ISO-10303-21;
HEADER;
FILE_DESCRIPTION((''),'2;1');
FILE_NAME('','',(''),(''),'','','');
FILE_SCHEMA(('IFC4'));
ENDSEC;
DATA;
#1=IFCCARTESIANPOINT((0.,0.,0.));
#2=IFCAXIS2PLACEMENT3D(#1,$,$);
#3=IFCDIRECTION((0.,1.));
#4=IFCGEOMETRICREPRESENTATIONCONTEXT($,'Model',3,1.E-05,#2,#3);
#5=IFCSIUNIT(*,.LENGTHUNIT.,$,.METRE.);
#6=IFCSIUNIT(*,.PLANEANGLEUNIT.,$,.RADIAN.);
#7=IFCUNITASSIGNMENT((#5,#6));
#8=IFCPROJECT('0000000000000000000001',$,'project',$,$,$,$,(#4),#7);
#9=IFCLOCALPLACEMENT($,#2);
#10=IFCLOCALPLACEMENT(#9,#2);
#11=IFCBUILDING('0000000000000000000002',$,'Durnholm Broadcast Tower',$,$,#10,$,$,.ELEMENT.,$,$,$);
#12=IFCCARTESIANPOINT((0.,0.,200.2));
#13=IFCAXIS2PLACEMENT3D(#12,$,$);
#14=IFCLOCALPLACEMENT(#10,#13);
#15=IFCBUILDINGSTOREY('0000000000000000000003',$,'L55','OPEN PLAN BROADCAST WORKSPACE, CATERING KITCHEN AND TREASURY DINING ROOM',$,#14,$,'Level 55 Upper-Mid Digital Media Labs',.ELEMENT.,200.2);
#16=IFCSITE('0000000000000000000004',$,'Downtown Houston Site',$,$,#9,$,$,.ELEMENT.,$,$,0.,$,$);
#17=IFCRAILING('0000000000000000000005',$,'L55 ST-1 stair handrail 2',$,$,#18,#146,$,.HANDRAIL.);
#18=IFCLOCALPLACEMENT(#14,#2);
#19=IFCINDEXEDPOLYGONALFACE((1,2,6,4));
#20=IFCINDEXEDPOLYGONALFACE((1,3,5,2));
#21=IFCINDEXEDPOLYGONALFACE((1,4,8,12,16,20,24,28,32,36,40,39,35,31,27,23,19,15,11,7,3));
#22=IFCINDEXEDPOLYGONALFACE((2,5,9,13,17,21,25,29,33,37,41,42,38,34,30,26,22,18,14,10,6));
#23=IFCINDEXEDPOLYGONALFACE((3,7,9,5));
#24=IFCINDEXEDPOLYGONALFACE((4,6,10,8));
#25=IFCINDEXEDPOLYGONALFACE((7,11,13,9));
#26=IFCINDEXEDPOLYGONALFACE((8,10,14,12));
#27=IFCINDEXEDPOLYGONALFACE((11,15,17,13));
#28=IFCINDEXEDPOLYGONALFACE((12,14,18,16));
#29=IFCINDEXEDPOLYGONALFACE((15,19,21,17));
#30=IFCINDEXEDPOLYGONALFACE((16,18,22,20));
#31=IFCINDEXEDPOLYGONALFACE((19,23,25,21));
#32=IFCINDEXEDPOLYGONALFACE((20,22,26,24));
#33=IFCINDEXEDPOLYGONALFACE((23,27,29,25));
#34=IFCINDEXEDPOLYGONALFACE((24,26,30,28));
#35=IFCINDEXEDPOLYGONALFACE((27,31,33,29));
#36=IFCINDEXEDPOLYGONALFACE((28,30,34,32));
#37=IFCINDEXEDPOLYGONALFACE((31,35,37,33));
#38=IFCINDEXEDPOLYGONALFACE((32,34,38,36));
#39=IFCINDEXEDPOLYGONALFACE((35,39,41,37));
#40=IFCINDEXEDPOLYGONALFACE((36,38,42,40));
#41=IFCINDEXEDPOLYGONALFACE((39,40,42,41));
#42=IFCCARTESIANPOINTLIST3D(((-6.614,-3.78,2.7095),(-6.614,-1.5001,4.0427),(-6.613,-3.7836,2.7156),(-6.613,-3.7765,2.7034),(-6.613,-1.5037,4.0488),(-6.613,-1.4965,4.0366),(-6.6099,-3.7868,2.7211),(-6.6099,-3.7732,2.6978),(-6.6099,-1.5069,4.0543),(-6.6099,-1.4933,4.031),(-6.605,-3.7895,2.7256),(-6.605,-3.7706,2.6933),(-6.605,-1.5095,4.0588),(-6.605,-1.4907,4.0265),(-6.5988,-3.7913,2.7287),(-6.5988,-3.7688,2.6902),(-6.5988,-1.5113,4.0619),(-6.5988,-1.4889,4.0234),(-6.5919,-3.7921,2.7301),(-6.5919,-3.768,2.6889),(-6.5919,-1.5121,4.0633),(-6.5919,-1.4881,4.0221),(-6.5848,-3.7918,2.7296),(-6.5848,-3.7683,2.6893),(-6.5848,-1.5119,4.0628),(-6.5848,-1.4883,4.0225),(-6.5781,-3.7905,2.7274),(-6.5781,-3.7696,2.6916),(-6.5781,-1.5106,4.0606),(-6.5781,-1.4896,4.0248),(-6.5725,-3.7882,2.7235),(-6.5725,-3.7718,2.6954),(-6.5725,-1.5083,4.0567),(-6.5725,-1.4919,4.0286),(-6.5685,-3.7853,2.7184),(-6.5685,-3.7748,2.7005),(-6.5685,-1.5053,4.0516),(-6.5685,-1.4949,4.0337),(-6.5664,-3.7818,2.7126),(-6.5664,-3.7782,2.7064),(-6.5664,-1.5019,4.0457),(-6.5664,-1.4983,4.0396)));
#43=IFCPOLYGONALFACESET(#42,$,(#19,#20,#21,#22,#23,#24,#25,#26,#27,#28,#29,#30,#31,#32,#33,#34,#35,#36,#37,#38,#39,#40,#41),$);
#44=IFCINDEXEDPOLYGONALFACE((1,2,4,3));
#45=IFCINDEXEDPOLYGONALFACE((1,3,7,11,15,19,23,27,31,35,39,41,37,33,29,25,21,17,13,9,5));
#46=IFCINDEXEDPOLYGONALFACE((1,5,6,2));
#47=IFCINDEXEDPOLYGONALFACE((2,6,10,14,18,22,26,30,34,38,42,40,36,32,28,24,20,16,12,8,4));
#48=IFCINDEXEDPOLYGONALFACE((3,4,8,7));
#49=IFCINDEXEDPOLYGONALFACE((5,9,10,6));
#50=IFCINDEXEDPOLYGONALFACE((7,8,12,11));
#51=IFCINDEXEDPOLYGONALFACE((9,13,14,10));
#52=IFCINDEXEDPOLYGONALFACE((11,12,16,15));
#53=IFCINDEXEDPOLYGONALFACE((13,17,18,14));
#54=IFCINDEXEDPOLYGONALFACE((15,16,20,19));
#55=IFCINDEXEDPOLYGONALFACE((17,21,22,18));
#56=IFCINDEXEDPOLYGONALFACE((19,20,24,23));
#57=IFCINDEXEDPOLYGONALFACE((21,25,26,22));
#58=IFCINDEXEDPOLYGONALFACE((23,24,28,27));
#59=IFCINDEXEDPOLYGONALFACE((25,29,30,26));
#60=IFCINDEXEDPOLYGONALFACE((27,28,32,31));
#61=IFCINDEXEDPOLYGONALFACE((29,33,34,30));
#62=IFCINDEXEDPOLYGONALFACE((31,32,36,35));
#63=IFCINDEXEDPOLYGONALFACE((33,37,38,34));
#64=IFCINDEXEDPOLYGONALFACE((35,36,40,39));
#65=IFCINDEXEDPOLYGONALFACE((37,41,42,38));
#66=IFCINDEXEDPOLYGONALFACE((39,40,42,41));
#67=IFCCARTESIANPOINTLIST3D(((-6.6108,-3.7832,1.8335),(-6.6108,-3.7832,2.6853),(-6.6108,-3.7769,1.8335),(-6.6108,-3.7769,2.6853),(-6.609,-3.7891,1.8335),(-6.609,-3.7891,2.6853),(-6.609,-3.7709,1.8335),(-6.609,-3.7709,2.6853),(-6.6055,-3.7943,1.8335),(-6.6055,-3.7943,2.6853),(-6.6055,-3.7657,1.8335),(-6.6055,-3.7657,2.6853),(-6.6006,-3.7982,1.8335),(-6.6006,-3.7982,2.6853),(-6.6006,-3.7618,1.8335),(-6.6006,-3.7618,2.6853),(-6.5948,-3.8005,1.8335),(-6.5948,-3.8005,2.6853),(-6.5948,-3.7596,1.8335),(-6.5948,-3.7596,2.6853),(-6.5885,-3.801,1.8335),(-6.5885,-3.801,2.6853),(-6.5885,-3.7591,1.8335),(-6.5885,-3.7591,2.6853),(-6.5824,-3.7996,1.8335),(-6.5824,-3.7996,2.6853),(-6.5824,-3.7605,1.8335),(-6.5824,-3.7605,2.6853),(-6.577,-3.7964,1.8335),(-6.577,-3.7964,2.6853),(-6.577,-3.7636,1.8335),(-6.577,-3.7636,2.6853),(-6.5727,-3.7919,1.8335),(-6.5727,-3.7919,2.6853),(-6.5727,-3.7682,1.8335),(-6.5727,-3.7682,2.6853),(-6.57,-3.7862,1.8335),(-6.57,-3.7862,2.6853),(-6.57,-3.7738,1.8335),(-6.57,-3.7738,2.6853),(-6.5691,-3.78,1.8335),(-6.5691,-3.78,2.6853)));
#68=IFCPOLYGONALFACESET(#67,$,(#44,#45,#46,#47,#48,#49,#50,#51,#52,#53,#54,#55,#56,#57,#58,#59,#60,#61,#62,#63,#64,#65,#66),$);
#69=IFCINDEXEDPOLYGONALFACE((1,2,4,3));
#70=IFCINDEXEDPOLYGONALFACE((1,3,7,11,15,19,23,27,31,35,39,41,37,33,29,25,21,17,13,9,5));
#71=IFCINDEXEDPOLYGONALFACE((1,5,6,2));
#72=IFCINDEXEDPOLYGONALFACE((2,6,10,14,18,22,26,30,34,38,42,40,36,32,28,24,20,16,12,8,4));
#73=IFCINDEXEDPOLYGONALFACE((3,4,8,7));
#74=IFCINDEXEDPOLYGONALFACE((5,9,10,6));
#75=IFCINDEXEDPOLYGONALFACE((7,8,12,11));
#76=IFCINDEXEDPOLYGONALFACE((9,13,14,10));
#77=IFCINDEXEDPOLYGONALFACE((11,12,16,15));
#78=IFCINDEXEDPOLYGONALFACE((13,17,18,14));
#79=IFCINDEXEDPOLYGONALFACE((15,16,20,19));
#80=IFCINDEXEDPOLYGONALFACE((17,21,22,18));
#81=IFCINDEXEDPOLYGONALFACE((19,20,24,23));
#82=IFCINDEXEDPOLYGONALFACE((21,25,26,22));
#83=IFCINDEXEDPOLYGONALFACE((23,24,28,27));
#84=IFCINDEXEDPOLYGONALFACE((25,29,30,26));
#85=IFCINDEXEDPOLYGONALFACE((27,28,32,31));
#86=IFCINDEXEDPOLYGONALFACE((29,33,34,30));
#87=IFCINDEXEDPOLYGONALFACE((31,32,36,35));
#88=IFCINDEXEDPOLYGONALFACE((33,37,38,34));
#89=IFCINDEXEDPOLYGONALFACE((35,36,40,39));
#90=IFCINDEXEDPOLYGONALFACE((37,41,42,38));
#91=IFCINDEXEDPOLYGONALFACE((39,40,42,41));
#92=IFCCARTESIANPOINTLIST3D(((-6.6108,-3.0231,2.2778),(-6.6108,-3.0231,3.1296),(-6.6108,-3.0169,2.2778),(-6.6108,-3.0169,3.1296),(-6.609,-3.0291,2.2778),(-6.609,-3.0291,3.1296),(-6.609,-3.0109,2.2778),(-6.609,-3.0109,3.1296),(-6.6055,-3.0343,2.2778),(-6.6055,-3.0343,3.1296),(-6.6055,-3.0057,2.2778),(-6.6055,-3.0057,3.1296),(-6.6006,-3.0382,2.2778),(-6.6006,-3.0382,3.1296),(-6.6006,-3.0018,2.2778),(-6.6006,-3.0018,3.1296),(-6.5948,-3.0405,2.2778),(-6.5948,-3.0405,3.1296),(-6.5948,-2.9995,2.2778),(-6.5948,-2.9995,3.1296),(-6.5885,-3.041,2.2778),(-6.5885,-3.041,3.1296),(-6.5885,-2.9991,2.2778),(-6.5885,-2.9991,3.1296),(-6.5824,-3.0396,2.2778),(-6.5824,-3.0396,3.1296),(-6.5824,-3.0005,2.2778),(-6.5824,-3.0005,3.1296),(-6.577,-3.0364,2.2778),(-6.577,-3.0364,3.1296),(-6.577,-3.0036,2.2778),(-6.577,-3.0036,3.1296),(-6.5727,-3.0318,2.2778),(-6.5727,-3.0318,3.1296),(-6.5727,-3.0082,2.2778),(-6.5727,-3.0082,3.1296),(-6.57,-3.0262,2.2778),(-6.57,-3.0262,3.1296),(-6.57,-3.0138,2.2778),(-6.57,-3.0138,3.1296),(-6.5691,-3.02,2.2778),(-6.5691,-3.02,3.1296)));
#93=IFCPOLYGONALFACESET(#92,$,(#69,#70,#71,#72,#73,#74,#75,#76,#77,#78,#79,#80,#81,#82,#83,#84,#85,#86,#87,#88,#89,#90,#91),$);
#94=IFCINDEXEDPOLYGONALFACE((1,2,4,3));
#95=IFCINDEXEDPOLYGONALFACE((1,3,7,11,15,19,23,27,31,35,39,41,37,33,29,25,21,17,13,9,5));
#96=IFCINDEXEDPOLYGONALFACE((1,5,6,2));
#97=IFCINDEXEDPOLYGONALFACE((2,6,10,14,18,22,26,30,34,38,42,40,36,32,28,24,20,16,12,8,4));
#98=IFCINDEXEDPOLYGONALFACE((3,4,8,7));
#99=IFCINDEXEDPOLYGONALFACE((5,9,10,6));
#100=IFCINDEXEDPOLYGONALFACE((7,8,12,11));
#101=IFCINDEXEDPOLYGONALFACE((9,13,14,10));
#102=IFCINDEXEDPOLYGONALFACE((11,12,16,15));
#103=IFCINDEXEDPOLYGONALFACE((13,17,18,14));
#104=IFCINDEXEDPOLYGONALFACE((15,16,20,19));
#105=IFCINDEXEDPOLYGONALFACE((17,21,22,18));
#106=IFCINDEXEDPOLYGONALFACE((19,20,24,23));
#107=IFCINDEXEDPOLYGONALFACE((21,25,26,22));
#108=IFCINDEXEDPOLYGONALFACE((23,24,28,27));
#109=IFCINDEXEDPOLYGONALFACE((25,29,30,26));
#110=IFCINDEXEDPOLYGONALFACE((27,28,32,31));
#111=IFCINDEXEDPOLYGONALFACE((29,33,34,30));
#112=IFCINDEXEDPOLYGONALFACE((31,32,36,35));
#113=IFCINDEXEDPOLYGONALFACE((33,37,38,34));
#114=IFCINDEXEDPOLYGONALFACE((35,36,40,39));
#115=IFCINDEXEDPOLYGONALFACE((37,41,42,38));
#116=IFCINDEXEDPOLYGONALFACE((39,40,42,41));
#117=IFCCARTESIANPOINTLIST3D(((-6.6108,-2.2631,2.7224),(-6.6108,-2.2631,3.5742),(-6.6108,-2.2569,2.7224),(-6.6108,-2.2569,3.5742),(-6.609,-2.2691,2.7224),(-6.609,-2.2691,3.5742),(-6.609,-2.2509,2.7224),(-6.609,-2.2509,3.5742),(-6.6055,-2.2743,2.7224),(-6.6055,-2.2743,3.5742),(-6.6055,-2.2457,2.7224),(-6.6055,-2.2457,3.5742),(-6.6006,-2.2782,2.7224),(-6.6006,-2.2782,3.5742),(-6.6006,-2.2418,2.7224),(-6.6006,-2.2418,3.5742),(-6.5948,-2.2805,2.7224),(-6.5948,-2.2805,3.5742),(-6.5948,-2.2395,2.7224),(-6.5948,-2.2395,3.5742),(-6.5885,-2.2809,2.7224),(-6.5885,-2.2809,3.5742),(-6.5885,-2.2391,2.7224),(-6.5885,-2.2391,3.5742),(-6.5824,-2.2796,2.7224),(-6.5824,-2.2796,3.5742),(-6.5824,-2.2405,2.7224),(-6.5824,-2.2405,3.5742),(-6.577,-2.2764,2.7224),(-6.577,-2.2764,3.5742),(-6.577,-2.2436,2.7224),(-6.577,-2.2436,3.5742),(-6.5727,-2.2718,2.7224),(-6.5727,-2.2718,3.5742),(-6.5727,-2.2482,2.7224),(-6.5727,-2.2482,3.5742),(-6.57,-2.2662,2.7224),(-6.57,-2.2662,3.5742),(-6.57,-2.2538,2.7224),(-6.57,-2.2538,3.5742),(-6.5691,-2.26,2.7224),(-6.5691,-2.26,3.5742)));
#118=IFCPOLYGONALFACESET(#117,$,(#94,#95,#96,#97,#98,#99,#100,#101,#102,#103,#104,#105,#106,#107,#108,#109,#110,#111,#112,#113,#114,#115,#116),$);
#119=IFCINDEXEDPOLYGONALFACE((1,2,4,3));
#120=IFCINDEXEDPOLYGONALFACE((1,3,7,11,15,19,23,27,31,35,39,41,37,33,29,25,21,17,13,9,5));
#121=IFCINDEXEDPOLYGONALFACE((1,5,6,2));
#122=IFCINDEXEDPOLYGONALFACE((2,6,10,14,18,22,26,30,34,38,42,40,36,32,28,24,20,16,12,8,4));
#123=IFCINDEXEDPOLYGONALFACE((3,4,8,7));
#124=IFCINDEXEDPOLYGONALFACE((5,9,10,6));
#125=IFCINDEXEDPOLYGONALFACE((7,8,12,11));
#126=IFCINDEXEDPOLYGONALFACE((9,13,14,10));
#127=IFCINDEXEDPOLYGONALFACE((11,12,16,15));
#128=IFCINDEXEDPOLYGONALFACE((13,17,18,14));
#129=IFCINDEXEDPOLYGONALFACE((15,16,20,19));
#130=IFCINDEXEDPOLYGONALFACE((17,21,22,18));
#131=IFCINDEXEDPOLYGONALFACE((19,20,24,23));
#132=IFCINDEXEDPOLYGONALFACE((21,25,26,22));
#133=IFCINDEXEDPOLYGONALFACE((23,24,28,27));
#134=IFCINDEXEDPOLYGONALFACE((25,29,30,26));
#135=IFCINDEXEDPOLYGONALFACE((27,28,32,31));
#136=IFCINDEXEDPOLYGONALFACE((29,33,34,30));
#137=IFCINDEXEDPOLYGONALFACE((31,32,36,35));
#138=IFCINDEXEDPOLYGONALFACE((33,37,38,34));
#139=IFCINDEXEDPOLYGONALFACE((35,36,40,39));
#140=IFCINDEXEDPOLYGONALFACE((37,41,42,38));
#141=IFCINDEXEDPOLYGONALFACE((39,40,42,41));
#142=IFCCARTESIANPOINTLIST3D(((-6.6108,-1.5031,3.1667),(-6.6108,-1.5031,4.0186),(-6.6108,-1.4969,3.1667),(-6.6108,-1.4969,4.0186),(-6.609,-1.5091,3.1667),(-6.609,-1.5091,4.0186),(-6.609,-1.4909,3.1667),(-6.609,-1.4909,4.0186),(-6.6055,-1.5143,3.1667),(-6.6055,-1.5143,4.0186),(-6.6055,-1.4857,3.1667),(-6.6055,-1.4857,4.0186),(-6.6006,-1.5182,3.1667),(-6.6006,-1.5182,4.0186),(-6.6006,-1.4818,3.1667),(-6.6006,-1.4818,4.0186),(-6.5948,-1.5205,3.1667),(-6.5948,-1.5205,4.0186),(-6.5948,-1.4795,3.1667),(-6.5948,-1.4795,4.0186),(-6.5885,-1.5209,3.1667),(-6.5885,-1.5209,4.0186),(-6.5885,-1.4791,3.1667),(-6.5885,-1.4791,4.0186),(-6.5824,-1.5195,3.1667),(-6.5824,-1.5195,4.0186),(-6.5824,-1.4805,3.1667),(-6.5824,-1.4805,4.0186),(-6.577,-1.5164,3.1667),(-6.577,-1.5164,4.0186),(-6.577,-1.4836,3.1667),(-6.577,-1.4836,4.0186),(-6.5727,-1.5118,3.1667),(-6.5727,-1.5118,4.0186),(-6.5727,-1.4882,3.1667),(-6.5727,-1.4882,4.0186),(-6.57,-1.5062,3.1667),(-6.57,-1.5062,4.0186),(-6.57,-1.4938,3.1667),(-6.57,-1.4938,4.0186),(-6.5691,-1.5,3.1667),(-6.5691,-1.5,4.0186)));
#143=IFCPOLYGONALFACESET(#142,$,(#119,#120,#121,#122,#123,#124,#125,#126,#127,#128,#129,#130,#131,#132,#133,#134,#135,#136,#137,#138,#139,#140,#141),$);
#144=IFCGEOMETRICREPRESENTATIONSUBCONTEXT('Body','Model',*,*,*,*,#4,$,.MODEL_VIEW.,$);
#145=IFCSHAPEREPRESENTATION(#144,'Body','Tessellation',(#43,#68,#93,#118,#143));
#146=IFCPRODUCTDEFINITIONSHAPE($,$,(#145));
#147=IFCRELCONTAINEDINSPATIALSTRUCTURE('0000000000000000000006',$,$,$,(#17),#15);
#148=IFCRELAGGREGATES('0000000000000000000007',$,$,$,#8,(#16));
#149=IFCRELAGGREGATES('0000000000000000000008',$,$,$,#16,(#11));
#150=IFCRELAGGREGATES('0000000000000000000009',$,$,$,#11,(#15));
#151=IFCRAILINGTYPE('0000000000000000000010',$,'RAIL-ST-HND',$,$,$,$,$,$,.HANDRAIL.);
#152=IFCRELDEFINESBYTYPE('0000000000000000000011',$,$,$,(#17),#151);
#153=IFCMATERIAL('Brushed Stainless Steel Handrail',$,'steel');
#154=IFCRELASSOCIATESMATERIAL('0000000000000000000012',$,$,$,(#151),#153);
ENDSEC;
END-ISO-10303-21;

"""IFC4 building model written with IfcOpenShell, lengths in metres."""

from ifc_helpers import new_model, si_unit, direction, frame, origin, origin_2d, place, context, subcontext, project, spatial, circle, extrude, material, type_object, element, save


model = new_model("IFC4")

# Units and contexts
model_context = context("Model", 3, precision=1e-05, world=origin(), true_north=direction((0.0, 1.0)))
body_context = subcontext(model_context, "Body", "Model", "MODEL_VIEW")
ifc_project = project(units=[si_unit("LENGTHUNIT", "METRE"), si_unit("PLANEANGLEUNIT", "RADIAN")], contexts=[model_context])

# Site, building, storey
site_placement = place(None, origin())
site = spatial("IfcSite", under=ifc_project, at=site_placement, Name="Downtown Houston Site", CompositionType="ELEMENT", RefElevation=0.0)
building_placement = place(site_placement, origin())
building = spatial("IfcBuilding", under=site, at=building_placement, Name="Durnholm Broadcast Tower", CompositionType="ELEMENT")
storey_placement = place(building_placement, frame((0.0, 0.0, 200.2)))
storey = spatial("IfcBuildingStorey", under=building, at=storey_placement, Name="L55", Description="OPEN PLAN BROADCAST WORKSPACE, CATERING KITCHEN AND TREASURY DINING ROOM", LongName="Level 55 Upper-Mid Digital Media Labs", CompositionType="ELEMENT", Elevation=200.2)

# Railing
ifc_material_1 = material(Name="Brushed Stainless Steel Handrail", Category="steel")
railing_type_1 = type_object("IfcRailingType", Name="RAIL-ST-HND", PredefinedType="HANDRAIL", material=ifc_material_1)
railing_1_placement = place(storey_placement, frame((-6.5901, -3.78, 1.8335)))
element("IfcRailing", 1, at=railing_1_placement, inside=storey, type_object=railing_type_1, Name="L55 ST-1 stair handrail 2", PredefinedType="HANDRAIL", context=body_context, shape_type="SweptSolid", body=[
    extrude(circle(Radius=0.0239, at=origin_2d()), frame((0.0, 0.0, 0.876), z_axis=(0.0, 0.863245, 0.504785), x_axis=(-1.0, 0.0, 0.0)), (0.0, 0.0, 1.0), 2.6411),
    extrude(circle(Radius=0.021, at=origin_2d()), origin(), (0.0, 0.0, 1.0), 0.8518),
    extrude(circle(Radius=0.021, at=origin_2d()), frame((0.0, 0.76, 0.4443)), (0.0, 0.0, 1.0), 0.8518),
    extrude(circle(Radius=0.021, at=origin_2d()), frame((0.0, 1.52, 0.8889)), (0.0, 0.0, 1.0), 0.8518),
    extrude(circle(Radius=0.021, at=origin_2d()), frame((0.0, 2.28, 1.3333)), (0.0, 0.0, 1.0), 0.8518),
])

save(model, "model.ifc")
